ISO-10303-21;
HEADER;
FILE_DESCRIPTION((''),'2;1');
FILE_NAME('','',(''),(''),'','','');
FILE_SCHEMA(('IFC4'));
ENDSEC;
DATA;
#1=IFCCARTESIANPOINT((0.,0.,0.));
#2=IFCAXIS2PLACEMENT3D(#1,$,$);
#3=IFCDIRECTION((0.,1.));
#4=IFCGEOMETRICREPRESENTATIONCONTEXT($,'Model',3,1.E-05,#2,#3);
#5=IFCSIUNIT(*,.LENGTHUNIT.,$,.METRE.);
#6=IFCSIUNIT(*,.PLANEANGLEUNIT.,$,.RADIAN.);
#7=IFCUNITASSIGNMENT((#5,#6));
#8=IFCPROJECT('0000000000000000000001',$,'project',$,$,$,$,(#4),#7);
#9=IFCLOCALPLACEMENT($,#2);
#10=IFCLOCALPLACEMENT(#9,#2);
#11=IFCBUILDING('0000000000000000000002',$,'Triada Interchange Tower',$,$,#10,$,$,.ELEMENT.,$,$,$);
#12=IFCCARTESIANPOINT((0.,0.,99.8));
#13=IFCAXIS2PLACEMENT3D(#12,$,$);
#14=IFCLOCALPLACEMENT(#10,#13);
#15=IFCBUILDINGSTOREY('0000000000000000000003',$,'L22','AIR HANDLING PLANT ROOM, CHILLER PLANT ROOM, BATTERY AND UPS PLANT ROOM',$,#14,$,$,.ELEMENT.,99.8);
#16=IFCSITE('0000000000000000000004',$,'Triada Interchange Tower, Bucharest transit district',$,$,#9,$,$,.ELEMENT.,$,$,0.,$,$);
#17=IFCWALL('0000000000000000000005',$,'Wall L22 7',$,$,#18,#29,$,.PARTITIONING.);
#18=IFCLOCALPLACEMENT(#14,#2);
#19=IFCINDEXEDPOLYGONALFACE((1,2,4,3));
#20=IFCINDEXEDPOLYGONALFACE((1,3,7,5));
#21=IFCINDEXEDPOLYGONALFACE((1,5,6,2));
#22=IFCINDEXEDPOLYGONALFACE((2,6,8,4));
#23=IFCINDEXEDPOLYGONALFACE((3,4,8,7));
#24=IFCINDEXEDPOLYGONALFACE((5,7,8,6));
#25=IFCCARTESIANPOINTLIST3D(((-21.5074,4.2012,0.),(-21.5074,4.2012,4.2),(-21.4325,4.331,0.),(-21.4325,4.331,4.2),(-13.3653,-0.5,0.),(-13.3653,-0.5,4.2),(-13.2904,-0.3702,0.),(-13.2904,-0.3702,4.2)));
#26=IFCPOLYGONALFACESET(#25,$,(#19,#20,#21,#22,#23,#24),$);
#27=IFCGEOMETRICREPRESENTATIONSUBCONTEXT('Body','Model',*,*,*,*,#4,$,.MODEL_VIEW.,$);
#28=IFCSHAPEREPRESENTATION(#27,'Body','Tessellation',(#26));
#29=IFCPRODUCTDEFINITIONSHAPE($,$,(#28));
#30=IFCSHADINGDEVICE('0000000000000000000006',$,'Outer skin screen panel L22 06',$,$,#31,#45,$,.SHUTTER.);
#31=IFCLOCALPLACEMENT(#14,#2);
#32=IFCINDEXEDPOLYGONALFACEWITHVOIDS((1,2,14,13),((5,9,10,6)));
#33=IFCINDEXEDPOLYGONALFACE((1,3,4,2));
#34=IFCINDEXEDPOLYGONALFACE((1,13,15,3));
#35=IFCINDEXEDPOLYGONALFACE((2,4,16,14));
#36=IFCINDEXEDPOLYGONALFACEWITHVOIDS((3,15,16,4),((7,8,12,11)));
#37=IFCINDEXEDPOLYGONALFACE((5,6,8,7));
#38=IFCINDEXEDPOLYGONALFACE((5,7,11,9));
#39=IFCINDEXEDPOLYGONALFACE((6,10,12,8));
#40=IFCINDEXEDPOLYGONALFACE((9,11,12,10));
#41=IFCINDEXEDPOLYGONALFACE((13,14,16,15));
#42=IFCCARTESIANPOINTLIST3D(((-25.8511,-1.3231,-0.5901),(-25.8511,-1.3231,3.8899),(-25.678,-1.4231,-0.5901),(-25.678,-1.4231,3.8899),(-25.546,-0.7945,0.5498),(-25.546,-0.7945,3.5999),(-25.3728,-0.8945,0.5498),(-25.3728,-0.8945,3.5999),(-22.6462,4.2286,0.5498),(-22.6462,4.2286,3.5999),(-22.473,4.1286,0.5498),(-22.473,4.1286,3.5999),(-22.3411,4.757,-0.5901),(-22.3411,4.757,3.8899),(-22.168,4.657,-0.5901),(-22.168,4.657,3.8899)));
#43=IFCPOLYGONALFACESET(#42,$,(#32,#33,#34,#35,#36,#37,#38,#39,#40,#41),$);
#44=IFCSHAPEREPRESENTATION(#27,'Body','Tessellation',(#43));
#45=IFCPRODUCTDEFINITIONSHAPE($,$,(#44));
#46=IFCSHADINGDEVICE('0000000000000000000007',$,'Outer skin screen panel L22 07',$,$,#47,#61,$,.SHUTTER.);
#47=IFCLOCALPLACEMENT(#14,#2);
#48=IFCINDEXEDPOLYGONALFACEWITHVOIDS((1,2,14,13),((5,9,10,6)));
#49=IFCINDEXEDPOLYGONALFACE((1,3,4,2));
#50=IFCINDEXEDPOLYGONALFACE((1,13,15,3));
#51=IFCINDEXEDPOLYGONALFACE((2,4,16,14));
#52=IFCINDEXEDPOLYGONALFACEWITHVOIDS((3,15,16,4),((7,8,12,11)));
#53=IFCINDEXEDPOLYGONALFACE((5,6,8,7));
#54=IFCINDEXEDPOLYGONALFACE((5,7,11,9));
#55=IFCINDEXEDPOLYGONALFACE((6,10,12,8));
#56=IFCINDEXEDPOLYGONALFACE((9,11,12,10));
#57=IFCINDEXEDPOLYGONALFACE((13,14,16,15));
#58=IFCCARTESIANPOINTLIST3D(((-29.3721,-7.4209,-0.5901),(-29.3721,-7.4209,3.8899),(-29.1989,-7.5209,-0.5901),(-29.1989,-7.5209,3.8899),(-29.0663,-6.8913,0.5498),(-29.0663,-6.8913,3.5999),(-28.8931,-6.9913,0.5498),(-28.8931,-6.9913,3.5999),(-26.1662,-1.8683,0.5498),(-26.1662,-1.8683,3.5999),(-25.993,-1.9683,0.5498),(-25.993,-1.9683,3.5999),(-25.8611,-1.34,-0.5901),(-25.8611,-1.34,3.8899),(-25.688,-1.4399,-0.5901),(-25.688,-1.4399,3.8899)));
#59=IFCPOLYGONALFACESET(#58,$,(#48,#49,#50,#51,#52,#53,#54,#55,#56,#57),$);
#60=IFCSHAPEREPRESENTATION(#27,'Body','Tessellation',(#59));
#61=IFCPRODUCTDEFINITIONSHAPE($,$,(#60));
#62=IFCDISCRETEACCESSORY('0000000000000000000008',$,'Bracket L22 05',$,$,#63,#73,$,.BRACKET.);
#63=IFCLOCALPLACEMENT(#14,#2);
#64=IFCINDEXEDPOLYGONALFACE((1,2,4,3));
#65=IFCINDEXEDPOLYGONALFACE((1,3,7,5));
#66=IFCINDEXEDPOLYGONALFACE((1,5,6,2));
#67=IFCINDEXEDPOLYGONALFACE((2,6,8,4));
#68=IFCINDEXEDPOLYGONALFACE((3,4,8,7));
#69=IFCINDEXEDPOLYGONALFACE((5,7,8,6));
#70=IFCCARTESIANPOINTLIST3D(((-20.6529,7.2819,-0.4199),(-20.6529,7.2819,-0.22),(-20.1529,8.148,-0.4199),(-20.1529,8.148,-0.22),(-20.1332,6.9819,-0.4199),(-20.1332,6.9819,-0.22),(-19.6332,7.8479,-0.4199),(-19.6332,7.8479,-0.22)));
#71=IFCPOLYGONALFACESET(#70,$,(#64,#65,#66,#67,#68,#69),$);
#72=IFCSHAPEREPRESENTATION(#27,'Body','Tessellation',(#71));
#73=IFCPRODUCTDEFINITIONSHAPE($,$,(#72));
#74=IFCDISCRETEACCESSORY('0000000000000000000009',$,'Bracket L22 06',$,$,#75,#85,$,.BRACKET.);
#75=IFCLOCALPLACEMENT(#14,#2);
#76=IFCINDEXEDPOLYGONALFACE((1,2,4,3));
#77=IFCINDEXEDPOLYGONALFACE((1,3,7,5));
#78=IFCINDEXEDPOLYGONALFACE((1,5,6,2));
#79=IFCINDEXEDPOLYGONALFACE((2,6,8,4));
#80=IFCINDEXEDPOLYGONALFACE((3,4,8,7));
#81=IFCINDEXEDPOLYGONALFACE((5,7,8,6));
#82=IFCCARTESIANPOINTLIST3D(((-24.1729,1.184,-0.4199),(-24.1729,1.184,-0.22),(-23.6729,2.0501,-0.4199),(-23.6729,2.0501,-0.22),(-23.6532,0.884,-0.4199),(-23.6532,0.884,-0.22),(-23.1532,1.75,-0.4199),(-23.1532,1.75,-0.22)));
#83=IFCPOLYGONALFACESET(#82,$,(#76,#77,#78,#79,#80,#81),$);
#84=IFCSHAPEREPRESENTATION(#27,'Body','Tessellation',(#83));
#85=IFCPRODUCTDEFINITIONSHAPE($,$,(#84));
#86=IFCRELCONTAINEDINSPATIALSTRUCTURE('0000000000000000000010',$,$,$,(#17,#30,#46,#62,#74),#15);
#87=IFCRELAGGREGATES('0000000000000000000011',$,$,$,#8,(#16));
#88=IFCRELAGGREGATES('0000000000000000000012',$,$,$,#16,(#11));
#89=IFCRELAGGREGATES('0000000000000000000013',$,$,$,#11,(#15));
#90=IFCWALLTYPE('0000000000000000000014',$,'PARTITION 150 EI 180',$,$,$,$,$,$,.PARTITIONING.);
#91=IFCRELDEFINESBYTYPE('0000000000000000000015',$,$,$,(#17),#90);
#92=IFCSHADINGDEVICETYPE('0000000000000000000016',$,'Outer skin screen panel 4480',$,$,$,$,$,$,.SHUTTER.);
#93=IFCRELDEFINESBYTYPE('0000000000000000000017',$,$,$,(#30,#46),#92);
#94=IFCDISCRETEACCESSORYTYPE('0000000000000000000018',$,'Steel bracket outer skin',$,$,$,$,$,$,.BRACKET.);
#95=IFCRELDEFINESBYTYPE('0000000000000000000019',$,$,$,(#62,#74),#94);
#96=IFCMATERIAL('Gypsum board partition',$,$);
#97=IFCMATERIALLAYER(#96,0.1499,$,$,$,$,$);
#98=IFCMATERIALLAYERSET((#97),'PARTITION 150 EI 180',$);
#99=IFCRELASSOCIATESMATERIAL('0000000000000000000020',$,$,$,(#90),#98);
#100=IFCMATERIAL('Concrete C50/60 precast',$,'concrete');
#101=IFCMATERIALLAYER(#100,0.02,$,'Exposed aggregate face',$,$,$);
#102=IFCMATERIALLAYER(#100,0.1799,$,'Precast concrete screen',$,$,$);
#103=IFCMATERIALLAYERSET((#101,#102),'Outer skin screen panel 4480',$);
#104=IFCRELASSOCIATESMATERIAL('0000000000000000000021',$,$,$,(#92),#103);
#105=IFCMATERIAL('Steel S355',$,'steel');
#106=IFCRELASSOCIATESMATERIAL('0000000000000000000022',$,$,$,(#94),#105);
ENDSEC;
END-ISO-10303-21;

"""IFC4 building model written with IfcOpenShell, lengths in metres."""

from ifc_helpers import new_model, si_unit, direction, frame, frame_2d, origin, origin_2d, place, context, subcontext, project, spatial, polyline, rectangle, outline, extrude, material, layer, layer_set, type_object, element, save


model = new_model("IFC4")

# Units and contexts
model_context = context("Model", 3, precision=1e-05, world=origin(), true_north=direction((0.0, 1.0)))
body_context = subcontext(model_context, "Body", "Model", "MODEL_VIEW")
ifc_project = project(units=[si_unit("LENGTHUNIT", "METRE"), si_unit("PLANEANGLEUNIT", "RADIAN")], contexts=[model_context])

# Site, building, storey
site_placement = place(None, origin())
site = spatial("IfcSite", under=ifc_project, at=site_placement, Name="Triada Interchange Tower, Bucharest transit district", CompositionType="ELEMENT", RefElevation=0.0)
building_placement = place(site_placement, origin())
building = spatial("IfcBuilding", under=site, at=building_placement, Name="Triada Interchange Tower", CompositionType="ELEMENT")
storey_placement = place(building_placement, frame((0.0, 0.0, 99.8)))
storey = spatial("IfcBuildingStorey", under=building, at=storey_placement, Name="L22", Description="AIR HANDLING PLANT ROOM, CHILLER PLANT ROOM, BATTERY AND UPS PLANT ROOM", CompositionType="ELEMENT", Elevation=99.8)

# Shared definitions
ifc_material_1 = material(Name="Steel S355", Category="steel")

# Wall
ifc_material_2 = material(Name="Gypsum board partition")
ifc_layer_1 = layer(ifc_material_2, 0.1499)
ifc_layer_set_1 = layer_set([ifc_layer_1], Name="PARTITION 150 EI 180")
wall_type_1 = type_object("IfcWallType", Name="PARTITION 150 EI 180", PredefinedType="PARTITIONING", material=ifc_layer_set_1)
wall_1_placement = place(storey_placement, frame((-21.47, 4.2661, 0.0), z_axis=(0.0, 0.0, 1.0), x_axis=(0.86601, -0.500027, 0.0)))
element("IfcWall", 1, at=wall_1_placement, inside=storey, type_object=wall_type_1, Name="Wall L22 7", PredefinedType="PARTITIONING", context=body_context, shape_type="SweptSolid", body=[
    extrude(rectangle(XDim=9.4019, YDim=0.1499, at=frame_2d((4.7009, 0.0))), origin(), (0.0, 0.0, 1.0), 4.2),
])

# Shading devices
ifc_material_3 = material(Name="Concrete C50/60 precast", Category="concrete")
ifc_layer_2 = layer(ifc_material_3, 0.02, Name="Exposed aggregate face")
ifc_layer_3 = layer(ifc_material_3, 0.1799, Name="Precast concrete screen")
ifc_layer_set_2 = layer_set([ifc_layer_2, ifc_layer_3], Name="Outer skin screen panel 4480")
shading_device_type = type_object("IfcShadingDeviceType", Name="Outer skin screen panel 4480", PredefinedType="SHUTTER", material=ifc_layer_set_2)
shading_device_1_placement = place(storey_placement, frame((-22.168, 4.657, -0.5901), z_axis=(0.0, 0.0, 1.0), x_axis=(-0.499965, -0.866045, 0.0)))
element("IfcShadingDevice", 2, at=shading_device_1_placement, inside=storey, type_object=shading_device_type, Name="Outer skin screen panel L22 06", PredefinedType="SHUTTER", context=body_context, shape_type="SweptSolid", body=[
    extrude(outline(polyline([(0.0, 0.0), (7.0205, 0.0), (7.0205, 4.48), (0.0, 4.48), (0.0, 0.0)]), holes=[polyline([(0.6101, 1.1399), (0.6101, 4.1899), (6.4102, 4.1899), (6.4102, 1.1399), (0.6101, 1.1399)])]), frame((0.0, 0.0, 0.0), z_axis=(0.0, -1.0, 0.0), x_axis=(1.0, 0.0, 0.0)), (0.0, 0.0, 1.0), 0.2),
])
shading_device_2_placement = place(storey_placement, frame((-25.688, -1.4399, -0.5901), z_axis=(0.0, 0.0, 1.0), x_axis=(-0.500009, -0.86602, 0.0)))
element("IfcShadingDevice", 3, at=shading_device_2_placement, inside=storey, type_object=shading_device_type, Name="Outer skin screen panel L22 07", PredefinedType="SHUTTER", context=body_context, shape_type="SweptSolid", body=[
    extrude(outline(polyline([(0.0, 0.0), (7.0217, 0.0), (7.0217, 4.48), (0.0, 4.48), (0.0, 0.0)]), holes=[polyline([(0.6101, 1.1399), (0.6101, 4.1899), (6.4102, 4.1899), (6.4102, 1.1399), (0.6101, 1.1399)])]), frame((0.0, 0.0, 0.0), z_axis=(0.0, -1.0, 0.0), x_axis=(1.0, 0.0, 0.0)), (0.0, 0.0, 1.0), 0.2),
])

# Discrete accessories
discrete_accessory_type = type_object("IfcDiscreteAccessoryType", Name="Steel bracket outer skin", PredefinedType="BRACKET", material=ifc_material_1)
for number, where, z_axis, x_axis, name in (
    (4, (-20.1431, 7.5649, -0.4199), (0.0, 0.0, 1.0), (-0.86603, 0.499993, 0.0), "Bracket L22 05"),
    (5, (-23.6631, 1.467, -0.4199), (0.0, 0.0, 1.0), (-0.86603, 0.499993, 0.0), "Bracket L22 06"),
):
    element("IfcDiscreteAccessory", number, at=place(storey_placement, frame(where, z_axis=z_axis, x_axis=x_axis)), inside=storey, type_object=discrete_accessory_type, Name=name, PredefinedType="BRACKET", context=body_context, shape_type="SweptSolid", body=[
        extrude(rectangle(XDim=0.6001, YDim=1.0, at=origin_2d()), origin(), (0.0, 0.0, 1.0), 0.2),
    ])

save(model, "model.ifc")
